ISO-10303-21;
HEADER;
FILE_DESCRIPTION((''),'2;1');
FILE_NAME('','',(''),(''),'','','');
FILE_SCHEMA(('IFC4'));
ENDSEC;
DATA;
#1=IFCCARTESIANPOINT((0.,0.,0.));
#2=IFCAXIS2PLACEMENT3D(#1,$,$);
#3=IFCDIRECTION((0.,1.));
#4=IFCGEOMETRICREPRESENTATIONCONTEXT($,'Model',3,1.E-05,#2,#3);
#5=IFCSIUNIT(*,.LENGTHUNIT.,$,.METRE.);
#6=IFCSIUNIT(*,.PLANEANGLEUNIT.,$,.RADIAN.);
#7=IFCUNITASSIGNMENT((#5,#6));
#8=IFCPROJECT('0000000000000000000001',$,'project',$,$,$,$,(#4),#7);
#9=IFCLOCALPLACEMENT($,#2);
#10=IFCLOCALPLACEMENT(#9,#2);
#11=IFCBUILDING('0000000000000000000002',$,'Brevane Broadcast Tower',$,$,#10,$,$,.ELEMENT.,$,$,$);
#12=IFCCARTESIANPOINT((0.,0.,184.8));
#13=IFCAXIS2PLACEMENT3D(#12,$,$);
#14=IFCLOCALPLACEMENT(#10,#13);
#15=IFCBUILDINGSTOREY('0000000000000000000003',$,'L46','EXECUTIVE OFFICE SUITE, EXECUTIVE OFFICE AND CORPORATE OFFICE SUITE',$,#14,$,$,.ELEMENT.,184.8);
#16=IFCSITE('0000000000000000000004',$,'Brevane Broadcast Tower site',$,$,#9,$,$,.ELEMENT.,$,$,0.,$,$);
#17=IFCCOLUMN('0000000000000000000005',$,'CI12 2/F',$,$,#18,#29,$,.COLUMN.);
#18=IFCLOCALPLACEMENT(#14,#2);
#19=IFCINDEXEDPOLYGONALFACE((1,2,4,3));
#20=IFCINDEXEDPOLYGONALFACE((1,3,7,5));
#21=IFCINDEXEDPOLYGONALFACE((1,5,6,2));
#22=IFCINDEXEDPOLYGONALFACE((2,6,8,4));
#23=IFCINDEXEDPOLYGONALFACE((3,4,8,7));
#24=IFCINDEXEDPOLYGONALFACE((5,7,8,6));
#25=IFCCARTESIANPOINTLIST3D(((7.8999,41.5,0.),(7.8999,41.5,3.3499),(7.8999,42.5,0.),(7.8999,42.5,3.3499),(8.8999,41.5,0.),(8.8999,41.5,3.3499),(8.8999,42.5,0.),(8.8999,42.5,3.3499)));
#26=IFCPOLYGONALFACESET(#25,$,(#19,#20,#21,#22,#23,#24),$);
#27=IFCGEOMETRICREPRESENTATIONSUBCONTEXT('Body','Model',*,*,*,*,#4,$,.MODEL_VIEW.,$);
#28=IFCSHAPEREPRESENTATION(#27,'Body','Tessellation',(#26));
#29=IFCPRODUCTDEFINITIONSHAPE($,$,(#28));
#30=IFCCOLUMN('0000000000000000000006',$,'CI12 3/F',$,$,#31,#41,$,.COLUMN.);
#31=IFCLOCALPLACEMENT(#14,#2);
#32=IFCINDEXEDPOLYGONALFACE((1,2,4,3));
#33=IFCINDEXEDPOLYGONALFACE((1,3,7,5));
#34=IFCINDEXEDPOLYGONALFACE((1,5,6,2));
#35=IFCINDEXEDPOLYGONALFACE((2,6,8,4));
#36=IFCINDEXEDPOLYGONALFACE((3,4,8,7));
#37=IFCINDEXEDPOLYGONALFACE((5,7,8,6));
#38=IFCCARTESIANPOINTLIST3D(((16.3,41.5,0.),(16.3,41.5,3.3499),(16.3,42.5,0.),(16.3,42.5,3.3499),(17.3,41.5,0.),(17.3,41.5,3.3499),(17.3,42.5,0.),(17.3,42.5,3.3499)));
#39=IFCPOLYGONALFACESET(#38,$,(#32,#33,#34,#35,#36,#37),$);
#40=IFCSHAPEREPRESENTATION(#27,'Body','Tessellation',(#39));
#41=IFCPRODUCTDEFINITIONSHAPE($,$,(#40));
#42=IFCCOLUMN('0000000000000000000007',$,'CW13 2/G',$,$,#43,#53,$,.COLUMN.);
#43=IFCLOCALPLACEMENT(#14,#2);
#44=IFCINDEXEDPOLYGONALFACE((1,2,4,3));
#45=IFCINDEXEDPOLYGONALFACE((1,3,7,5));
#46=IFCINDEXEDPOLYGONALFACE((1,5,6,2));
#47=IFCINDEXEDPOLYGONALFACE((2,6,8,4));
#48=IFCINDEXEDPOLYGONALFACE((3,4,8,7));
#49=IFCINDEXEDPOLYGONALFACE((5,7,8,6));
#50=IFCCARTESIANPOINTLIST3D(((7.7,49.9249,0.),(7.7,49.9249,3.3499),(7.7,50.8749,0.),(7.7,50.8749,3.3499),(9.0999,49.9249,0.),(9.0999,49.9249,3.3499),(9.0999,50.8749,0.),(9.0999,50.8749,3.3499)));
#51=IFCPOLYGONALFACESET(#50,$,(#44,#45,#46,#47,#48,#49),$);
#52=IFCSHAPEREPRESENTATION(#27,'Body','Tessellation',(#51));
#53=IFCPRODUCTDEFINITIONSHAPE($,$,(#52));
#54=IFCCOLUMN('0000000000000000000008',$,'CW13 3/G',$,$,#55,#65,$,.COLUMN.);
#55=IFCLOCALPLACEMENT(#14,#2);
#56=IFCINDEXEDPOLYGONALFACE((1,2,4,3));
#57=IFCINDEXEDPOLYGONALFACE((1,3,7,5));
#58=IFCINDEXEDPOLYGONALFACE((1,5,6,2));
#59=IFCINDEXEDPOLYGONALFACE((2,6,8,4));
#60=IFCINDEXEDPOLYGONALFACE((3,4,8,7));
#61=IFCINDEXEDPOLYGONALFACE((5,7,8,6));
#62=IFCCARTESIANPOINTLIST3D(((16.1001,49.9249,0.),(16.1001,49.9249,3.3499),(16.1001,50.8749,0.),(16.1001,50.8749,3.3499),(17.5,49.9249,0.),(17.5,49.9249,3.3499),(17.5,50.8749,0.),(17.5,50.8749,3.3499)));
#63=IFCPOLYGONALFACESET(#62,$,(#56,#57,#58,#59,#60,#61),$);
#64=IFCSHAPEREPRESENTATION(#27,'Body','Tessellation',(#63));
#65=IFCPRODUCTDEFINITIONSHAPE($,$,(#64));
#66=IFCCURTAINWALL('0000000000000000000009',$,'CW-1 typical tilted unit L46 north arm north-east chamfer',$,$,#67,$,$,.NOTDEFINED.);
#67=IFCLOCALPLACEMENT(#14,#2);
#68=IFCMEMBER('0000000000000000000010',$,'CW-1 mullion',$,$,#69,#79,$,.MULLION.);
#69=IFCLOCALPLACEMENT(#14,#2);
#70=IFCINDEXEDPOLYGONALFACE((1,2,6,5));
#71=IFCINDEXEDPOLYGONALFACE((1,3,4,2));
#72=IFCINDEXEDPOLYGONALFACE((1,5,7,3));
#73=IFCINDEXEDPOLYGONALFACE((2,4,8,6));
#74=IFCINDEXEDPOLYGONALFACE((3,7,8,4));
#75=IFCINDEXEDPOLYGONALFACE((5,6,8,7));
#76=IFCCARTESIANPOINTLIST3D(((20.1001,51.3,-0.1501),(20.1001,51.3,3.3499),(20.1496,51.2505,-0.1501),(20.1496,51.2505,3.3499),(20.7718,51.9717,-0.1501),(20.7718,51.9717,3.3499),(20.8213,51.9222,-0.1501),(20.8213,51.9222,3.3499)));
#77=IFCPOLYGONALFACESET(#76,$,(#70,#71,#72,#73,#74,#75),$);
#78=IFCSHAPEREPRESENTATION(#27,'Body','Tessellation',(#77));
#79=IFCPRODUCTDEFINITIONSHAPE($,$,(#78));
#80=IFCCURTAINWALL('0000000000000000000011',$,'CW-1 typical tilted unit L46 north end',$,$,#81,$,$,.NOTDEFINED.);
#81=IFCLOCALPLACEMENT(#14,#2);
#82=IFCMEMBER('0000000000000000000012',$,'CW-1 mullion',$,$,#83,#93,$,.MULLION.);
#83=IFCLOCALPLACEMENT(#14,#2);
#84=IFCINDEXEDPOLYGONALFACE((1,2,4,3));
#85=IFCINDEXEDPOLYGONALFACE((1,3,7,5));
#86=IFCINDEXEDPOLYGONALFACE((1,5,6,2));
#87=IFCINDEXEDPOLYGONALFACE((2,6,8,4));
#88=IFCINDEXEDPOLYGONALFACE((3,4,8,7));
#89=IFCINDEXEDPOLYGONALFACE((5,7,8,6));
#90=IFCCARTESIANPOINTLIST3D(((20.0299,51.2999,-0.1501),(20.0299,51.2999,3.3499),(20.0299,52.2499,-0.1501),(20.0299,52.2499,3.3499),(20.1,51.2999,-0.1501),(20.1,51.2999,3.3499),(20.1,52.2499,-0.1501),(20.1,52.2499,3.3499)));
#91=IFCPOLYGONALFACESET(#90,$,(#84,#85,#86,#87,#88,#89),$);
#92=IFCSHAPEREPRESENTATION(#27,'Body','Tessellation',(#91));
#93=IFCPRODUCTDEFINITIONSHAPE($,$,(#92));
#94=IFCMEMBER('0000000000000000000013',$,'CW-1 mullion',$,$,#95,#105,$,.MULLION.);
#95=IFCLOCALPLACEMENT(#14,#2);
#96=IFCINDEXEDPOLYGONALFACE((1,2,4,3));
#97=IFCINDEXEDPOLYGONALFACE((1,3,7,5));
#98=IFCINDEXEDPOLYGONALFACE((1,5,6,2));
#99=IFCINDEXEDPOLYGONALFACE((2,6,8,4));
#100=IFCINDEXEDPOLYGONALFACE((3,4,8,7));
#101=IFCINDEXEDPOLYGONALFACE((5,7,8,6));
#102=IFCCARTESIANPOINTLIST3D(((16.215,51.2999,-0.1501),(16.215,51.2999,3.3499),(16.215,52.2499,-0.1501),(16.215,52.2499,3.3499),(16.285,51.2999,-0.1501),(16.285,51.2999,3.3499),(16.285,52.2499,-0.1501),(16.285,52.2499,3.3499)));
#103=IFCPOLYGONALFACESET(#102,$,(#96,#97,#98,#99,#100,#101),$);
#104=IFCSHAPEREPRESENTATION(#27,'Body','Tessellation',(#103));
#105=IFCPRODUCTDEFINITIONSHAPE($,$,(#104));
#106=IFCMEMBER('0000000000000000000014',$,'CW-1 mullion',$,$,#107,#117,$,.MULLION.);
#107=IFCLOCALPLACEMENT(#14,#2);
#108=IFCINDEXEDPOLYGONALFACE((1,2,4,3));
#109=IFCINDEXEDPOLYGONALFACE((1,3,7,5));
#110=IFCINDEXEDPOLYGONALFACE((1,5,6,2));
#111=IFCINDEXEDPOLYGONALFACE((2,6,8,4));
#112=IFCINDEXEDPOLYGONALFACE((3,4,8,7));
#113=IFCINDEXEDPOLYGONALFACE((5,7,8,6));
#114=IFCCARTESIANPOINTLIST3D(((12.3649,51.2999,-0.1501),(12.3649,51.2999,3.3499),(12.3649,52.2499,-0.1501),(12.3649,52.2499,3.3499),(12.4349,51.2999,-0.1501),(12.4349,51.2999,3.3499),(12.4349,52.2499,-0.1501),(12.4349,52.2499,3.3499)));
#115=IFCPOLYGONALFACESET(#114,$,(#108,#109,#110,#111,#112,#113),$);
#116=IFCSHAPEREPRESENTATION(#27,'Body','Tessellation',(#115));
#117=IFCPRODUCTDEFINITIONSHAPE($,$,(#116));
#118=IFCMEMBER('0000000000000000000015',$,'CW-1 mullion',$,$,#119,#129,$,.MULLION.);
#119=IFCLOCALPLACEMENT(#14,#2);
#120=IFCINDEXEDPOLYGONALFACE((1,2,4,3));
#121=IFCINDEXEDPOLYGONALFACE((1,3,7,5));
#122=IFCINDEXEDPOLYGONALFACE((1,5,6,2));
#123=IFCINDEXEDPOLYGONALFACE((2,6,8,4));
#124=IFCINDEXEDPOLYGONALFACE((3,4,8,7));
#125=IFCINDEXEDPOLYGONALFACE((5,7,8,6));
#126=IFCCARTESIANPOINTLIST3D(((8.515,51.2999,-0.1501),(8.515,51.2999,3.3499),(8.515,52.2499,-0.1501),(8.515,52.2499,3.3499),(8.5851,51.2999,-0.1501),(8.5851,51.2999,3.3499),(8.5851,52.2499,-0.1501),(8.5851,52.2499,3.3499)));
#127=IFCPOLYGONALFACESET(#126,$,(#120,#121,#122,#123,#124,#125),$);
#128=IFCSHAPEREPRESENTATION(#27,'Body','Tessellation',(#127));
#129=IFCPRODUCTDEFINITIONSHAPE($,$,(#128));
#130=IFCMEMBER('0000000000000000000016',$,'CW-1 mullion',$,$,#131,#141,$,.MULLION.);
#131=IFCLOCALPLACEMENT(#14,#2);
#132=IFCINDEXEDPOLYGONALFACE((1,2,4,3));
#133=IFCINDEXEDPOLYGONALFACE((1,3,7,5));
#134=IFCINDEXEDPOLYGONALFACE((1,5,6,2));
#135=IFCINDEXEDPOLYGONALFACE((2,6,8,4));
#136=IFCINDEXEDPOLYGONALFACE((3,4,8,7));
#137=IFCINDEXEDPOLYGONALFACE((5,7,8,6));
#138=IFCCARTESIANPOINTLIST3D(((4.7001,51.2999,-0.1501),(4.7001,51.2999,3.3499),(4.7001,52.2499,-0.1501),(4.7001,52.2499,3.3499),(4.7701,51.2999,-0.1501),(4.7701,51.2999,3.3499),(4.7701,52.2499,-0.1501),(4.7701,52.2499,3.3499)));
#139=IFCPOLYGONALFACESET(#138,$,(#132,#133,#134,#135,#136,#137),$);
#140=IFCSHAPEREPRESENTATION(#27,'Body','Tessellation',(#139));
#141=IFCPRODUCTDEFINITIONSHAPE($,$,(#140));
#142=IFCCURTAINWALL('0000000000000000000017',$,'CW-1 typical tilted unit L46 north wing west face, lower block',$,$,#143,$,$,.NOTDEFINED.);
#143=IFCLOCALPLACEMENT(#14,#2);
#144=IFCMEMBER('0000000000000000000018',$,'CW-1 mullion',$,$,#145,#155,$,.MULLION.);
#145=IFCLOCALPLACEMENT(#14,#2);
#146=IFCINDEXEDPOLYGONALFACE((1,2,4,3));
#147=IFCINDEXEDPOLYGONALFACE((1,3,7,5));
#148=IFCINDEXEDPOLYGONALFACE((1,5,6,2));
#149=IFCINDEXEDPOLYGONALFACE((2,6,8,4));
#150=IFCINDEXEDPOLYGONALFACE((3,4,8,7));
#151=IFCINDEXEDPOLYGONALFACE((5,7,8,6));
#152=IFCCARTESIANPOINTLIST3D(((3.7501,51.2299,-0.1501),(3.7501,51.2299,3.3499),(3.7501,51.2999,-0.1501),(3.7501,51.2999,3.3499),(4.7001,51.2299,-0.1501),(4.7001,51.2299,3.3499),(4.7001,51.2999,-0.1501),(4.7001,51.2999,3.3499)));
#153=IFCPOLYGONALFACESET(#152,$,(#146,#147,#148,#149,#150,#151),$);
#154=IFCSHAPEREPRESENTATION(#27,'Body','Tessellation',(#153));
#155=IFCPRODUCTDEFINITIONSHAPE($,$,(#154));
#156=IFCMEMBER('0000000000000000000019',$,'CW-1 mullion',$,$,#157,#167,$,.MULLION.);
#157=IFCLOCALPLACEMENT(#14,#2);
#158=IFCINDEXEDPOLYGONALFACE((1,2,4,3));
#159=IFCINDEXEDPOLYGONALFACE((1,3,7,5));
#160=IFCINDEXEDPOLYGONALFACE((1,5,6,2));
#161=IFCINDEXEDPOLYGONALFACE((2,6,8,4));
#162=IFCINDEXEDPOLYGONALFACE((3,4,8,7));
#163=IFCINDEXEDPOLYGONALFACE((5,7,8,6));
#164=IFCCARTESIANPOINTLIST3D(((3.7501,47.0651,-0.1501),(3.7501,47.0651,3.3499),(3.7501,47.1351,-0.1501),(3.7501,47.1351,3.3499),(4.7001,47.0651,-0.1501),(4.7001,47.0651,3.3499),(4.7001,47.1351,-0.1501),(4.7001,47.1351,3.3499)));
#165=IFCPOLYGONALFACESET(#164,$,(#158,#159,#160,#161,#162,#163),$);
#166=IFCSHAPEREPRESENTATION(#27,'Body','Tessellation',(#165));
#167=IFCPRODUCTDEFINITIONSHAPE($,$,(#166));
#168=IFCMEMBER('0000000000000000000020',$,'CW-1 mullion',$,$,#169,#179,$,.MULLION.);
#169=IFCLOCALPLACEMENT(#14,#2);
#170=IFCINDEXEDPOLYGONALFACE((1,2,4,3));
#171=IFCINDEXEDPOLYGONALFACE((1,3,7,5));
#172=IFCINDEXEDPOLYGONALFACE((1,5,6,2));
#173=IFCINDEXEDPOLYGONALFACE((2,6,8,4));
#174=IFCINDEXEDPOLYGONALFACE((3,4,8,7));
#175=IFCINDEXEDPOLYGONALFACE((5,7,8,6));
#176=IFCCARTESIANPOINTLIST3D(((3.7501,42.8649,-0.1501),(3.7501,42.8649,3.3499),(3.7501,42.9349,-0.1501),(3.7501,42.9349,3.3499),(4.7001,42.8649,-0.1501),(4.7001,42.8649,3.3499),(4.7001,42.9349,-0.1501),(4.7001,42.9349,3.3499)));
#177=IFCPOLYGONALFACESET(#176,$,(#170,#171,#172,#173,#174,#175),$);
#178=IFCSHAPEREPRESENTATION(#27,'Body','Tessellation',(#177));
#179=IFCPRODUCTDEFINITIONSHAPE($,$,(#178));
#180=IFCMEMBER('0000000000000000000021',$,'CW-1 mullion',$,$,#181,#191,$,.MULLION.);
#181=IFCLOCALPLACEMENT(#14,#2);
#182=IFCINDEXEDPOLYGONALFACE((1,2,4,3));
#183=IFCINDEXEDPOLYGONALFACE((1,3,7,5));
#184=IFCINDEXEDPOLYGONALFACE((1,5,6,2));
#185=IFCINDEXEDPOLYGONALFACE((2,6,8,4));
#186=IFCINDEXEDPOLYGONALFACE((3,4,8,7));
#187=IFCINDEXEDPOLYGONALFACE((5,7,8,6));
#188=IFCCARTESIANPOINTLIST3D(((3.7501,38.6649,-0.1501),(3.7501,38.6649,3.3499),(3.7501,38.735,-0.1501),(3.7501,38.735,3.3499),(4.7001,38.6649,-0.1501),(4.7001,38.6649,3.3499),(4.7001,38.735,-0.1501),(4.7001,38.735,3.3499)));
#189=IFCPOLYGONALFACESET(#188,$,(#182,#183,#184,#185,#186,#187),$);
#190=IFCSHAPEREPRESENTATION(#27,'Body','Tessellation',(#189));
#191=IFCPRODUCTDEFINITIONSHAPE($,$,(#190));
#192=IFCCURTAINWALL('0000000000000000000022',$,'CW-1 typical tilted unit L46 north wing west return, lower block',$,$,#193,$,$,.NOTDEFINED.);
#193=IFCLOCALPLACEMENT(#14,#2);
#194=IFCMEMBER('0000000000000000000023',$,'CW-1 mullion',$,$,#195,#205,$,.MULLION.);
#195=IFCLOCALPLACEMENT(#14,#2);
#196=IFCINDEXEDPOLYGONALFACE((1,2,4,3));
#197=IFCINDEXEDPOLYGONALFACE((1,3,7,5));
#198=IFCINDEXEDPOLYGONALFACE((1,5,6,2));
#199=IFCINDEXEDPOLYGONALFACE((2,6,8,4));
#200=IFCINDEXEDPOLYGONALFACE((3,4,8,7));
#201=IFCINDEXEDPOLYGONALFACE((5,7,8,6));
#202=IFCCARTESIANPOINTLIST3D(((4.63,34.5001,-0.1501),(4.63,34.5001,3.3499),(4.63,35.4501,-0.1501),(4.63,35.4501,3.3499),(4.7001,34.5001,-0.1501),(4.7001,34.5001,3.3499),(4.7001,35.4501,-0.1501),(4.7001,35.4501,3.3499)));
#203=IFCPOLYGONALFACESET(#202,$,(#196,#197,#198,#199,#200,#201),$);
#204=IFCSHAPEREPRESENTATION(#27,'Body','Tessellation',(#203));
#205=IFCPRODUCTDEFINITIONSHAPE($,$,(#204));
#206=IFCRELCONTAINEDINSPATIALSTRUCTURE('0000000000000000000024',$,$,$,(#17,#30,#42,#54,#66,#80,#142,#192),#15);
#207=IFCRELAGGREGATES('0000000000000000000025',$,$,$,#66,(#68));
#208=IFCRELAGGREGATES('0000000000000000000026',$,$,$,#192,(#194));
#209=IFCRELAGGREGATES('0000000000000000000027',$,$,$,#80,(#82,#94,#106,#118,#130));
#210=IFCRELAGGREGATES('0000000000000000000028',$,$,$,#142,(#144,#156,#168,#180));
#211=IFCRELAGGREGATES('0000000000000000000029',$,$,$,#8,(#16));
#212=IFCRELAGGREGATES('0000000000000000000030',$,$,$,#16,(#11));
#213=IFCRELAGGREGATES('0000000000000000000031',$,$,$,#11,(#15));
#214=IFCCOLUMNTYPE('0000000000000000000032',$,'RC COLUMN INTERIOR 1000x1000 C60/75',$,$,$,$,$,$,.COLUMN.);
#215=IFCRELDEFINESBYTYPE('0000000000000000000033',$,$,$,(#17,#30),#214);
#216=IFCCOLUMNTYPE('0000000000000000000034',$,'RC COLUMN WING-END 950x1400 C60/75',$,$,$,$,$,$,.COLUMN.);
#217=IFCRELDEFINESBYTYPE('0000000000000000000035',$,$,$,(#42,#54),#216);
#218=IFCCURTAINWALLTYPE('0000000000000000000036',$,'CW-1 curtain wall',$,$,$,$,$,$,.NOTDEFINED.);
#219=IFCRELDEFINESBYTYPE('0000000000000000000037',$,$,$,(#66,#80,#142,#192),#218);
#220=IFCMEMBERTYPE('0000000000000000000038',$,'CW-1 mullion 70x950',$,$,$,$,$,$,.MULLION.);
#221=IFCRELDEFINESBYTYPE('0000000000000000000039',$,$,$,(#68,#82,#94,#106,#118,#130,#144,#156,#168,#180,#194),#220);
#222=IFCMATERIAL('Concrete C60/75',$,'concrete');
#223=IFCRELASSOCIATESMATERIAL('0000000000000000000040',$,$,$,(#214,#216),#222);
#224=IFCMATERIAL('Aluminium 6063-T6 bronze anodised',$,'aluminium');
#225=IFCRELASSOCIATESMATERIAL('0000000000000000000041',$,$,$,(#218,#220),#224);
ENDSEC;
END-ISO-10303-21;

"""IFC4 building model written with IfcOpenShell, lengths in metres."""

from ifc_helpers import new_model, si_unit, direction, frame, origin, origin_2d, place, context, subcontext, project, spatial, rectangle, extrude, material, material_profile, profile_set, type_object, element, aggregate, save


model = new_model("IFC4")

# Units and contexts
model_context = context("Model", 3, precision=1e-05, world=origin(), true_north=direction((0.0, 1.0)))
body_context = subcontext(model_context, "Body", "Model", "MODEL_VIEW")
ifc_project = project(units=[si_unit("LENGTHUNIT", "METRE"), si_unit("PLANEANGLEUNIT", "RADIAN")], contexts=[model_context])

# Site, building, storey
site_placement = place(None, origin())
site = spatial("IfcSite", under=ifc_project, at=site_placement, Name="Brevane Broadcast Tower site", CompositionType="ELEMENT", RefElevation=0.0)
building_placement = place(site_placement, origin())
building = spatial("IfcBuilding", under=site, at=building_placement, Name="Brevane Broadcast Tower", CompositionType="ELEMENT")
storey_placement = place(building_placement, frame((0.0, 0.0, 184.8)))
storey = spatial("IfcBuildingStorey", under=building, at=storey_placement, Name="L46", Description="EXECUTIVE OFFICE SUITE, EXECUTIVE OFFICE AND CORPORATE OFFICE SUITE", CompositionType="ELEMENT", Elevation=184.8)

# Columns
ifc_material_1 = material(Name="Concrete C60/75", Category="concrete")
ifc_material_profile_1 = material_profile(ifc_material_1, rectangle(XDim=1.0, YDim=1.0, at=origin_2d()), Name="RC 1000x1000")
ifc_profile_set_1 = profile_set([ifc_material_profile_1], Name="Concrete C60/75")
column_type_1 = type_object("IfcColumnType", Name="RC COLUMN INTERIOR 1000x1000 C60/75", PredefinedType="COLUMN", material=ifc_profile_set_1)
for number, where, z_axis, x_axis, name in (
    (1, (8.3999, 42.0, 0.0), (0.0, 0.0, 1.0), (1.0, 0.0, 0.0), "CI12 2/F"),
    (2, (16.8, 42.0, 0.0), (0.0, 0.0, 1.0), (1.0, 0.0, 0.0), "CI12 3/F"),
):
    element("IfcColumn", number, at=place(storey_placement, frame(where, z_axis=z_axis, x_axis=x_axis)), inside=storey, type_object=column_type_1, Name=name, PredefinedType="COLUMN", context=body_context, shape_type="SweptSolid", body=[
        extrude(rectangle(XDim=1.0, YDim=1.0, at=origin_2d()), origin(), (0.0, 0.0, 1.0), 3.3499),
    ])
ifc_material_profile_2 = material_profile(ifc_material_1, rectangle(XDim=0.95, YDim=1.3999, at=origin_2d()), Name="RC 950x1400")
ifc_profile_set_2 = profile_set([ifc_material_profile_2], Name="Concrete C60/75")
column_type_2 = type_object("IfcColumnType", Name="RC COLUMN WING-END 950x1400 C60/75", PredefinedType="COLUMN", material=ifc_profile_set_2)
for number, where, z_axis, x_axis, name in (
    (3, (8.3999, 50.3999, 0.0), (0.0, 0.0, 1.0), (0.0, 1.0, 0.0), "CW13 2/G"),
    (4, (16.8, 50.3999, 0.0), (0.0, 0.0, 1.0), (0.0, 1.0, 0.0), "CW13 3/G"),
):
    element("IfcColumn", number, at=place(storey_placement, frame(where, z_axis=z_axis, x_axis=x_axis)), inside=storey, type_object=column_type_2, Name=name, PredefinedType="COLUMN", context=body_context, shape_type="SweptSolid", body=[
        extrude(rectangle(XDim=0.95, YDim=1.3999, at=origin_2d()), origin(), (0.0, 0.0, 1.0), 3.3499),
    ])

# Curtain wall, member
ifc_material_2 = material(Name="Aluminium 6063-T6 bronze anodised", Category="aluminium")
curtain_wall_type = type_object("IfcCurtainWallType", Name="CW-1 curtain wall", PredefinedType="NOTDEFINED", material=ifc_material_2)
curtain_wall_1_placement = place(storey_placement, origin())
curtain_wall_1 = element("IfcCurtainWall", 5, at=curtain_wall_1_placement, inside=storey, type_object=curtain_wall_type, Name="CW-1 typical tilted unit L46 north arm north-east chamfer", PredefinedType="NOTDEFINED")
ifc_material_profile_3 = material_profile(ifc_material_2, rectangle(XDim=0.95, YDim=0.0701, at=origin_2d()), Name="RECT 70x950")
ifc_profile_set_3 = profile_set([ifc_material_profile_3], Name="Aluminium 6063-T6 bronze anodised")
member_type_1 = type_object("IfcMemberType", Name="CW-1 mullion 70x950", PredefinedType="MULLION", material=ifc_profile_set_3)
member_1_placement = place(storey_placement, frame((20.4607, 51.6111, -0.1501), z_axis=(0.0, 0.0, 1.0), x_axis=(-0.707107, -0.707107, 0.0)))
member_1 = element("IfcMember", 6, at=member_1_placement, type_object=member_type_1, Name="CW-1 mullion", PredefinedType="MULLION", context=body_context, shape_type="SweptSolid", body=[
    extrude(rectangle(XDim=0.95, YDim=0.0701, at=origin_2d()), origin(), (0.0, 0.0, 1.0), 3.5),
])
aggregate(curtain_wall_1, [member_1])

# Curtain walls, members
curtain_wall_2_placement = place(storey_placement, origin())
curtain_wall_2 = element("IfcCurtainWall", 7, at=curtain_wall_2_placement, inside=storey, type_object=curtain_wall_type, Name="CW-1 typical tilted unit L46 north end", PredefinedType="NOTDEFINED")
member_2_placement = place(storey_placement, frame((20.0649, 51.7749, -0.1501), z_axis=(0.0, 0.0, 1.0), x_axis=(0.0, -1.0, 0.0)))
member_2 = element("IfcMember", 8, at=member_2_placement, type_object=member_type_1, Name="CW-1 mullion", PredefinedType="MULLION", context=body_context, shape_type="SweptSolid", body=[
    extrude(rectangle(XDim=0.95, YDim=0.0701, at=origin_2d()), origin(), (0.0, 0.0, 1.0), 3.5),
])
member_3_placement = place(storey_placement, frame((16.25, 51.7749, -0.1501), z_axis=(0.0, 0.0, 1.0), x_axis=(0.0, -1.0, 0.0)))
member_3 = element("IfcMember", 9, at=member_3_placement, type_object=member_type_1, Name="CW-1 mullion", PredefinedType="MULLION", context=body_context, shape_type="SweptSolid", body=[
    extrude(rectangle(XDim=0.95, YDim=0.0701, at=origin_2d()), origin(), (0.0, 0.0, 1.0), 3.5),
])
member_4_placement = place(storey_placement, frame((12.3999, 51.7749, -0.1501), z_axis=(0.0, 0.0, 1.0), x_axis=(0.0, -1.0, 0.0)))
member_4 = element("IfcMember", 10, at=member_4_placement, type_object=member_type_1, Name="CW-1 mullion", PredefinedType="MULLION", context=body_context, shape_type="SweptSolid", body=[
    extrude(rectangle(XDim=0.95, YDim=0.0701, at=origin_2d()), origin(), (0.0, 0.0, 1.0), 3.5),
])
member_5_placement = place(storey_placement, frame((8.55, 51.7749, -0.1501), z_axis=(0.0, 0.0, 1.0), x_axis=(0.0, -1.0, 0.0)))
member_5 = element("IfcMember", 11, at=member_5_placement, type_object=member_type_1, Name="CW-1 mullion", PredefinedType="MULLION", context=body_context, shape_type="SweptSolid", body=[
    extrude(rectangle(XDim=0.95, YDim=0.0701, at=origin_2d()), origin(), (0.0, 0.0, 1.0), 3.5),
])
member_6_placement = place(storey_placement, frame((4.7351, 51.7749, -0.1501), z_axis=(0.0, 0.0, 1.0), x_axis=(0.0, -1.0, 0.0)))
member_6 = element("IfcMember", 12, at=member_6_placement, type_object=member_type_1, Name="CW-1 mullion", PredefinedType="MULLION", context=body_context, shape_type="SweptSolid", body=[
    extrude(rectangle(XDim=0.95, YDim=0.0701, at=origin_2d()), origin(), (0.0, 0.0, 1.0), 3.5),
])
curtain_wall_3_placement = place(storey_placement, origin())
curtain_wall_3 = element("IfcCurtainWall", 13, at=curtain_wall_3_placement, inside=storey, type_object=curtain_wall_type, Name="CW-1 typical tilted unit L46 north wing west face, lower block", PredefinedType="NOTDEFINED")
member_7_placement = place(storey_placement, frame((4.2251, 51.2649, -0.1501), z_axis=(0.0, 0.0, 1.0), x_axis=(1.0, 0.0, 0.0)))
member_7 = element("IfcMember", 14, at=member_7_placement, type_object=member_type_1, Name="CW-1 mullion", PredefinedType="MULLION", context=body_context, shape_type="SweptSolid", body=[
    extrude(rectangle(XDim=0.95, YDim=0.0701, at=origin_2d()), origin(), (0.0, 0.0, 1.0), 3.5),
])
member_8_placement = place(storey_placement, frame((4.2251, 47.1001, -0.1501), z_axis=(0.0, 0.0, 1.0), x_axis=(1.0, 0.0, 0.0)))
member_8 = element("IfcMember", 15, at=member_8_placement, type_object=member_type_1, Name="CW-1 mullion", PredefinedType="MULLION", context=body_context, shape_type="SweptSolid", body=[
    extrude(rectangle(XDim=0.95, YDim=0.0701, at=origin_2d()), origin(), (0.0, 0.0, 1.0), 3.5),
])
member_9_placement = place(storey_placement, frame((4.2251, 42.8999, -0.1501), z_axis=(0.0, 0.0, 1.0), x_axis=(1.0, 0.0, 0.0)))
member_9 = element("IfcMember", 16, at=member_9_placement, type_object=member_type_1, Name="CW-1 mullion", PredefinedType="MULLION", context=body_context, shape_type="SweptSolid", body=[
    extrude(rectangle(XDim=0.95, YDim=0.0701, at=origin_2d()), origin(), (0.0, 0.0, 1.0), 3.5),
])
member_10_placement = place(storey_placement, frame((4.2251, 38.7, -0.1501), z_axis=(0.0, 0.0, 1.0), x_axis=(1.0, 0.0, 0.0)))
member_10 = element("IfcMember", 17, at=member_10_placement, type_object=member_type_1, Name="CW-1 mullion", PredefinedType="MULLION", context=body_context, shape_type="SweptSolid", body=[
    extrude(rectangle(XDim=0.95, YDim=0.0701, at=origin_2d()), origin(), (0.0, 0.0, 1.0), 3.5),
])

# Curtain wall, member
curtain_wall_4_placement = place(storey_placement, origin())
curtain_wall_4 = element("IfcCurtainWall", 18, at=curtain_wall_4_placement, inside=storey, type_object=curtain_wall_type, Name="CW-1 typical tilted unit L46 north wing west return, lower block", PredefinedType="NOTDEFINED")
member_11_placement = place(storey_placement, frame((4.665, 34.9751, -0.1501), z_axis=(0.0, 0.0, 1.0), x_axis=(0.0, -1.0, 0.0)))
member_11 = element("IfcMember", 19, at=member_11_placement, type_object=member_type_1, Name="CW-1 mullion", PredefinedType="MULLION", context=body_context, shape_type="SweptSolid", body=[
    extrude(rectangle(XDim=0.95, YDim=0.0701, at=origin_2d()), origin(), (0.0, 0.0, 1.0), 3.5),
])
aggregate(curtain_wall_4, [member_11])

aggregate(curtain_wall_2, [member_2, member_3, member_4, member_5, member_6])
aggregate(curtain_wall_3, [member_7, member_8, member_9, member_10])

save(model, "model.ifc")
